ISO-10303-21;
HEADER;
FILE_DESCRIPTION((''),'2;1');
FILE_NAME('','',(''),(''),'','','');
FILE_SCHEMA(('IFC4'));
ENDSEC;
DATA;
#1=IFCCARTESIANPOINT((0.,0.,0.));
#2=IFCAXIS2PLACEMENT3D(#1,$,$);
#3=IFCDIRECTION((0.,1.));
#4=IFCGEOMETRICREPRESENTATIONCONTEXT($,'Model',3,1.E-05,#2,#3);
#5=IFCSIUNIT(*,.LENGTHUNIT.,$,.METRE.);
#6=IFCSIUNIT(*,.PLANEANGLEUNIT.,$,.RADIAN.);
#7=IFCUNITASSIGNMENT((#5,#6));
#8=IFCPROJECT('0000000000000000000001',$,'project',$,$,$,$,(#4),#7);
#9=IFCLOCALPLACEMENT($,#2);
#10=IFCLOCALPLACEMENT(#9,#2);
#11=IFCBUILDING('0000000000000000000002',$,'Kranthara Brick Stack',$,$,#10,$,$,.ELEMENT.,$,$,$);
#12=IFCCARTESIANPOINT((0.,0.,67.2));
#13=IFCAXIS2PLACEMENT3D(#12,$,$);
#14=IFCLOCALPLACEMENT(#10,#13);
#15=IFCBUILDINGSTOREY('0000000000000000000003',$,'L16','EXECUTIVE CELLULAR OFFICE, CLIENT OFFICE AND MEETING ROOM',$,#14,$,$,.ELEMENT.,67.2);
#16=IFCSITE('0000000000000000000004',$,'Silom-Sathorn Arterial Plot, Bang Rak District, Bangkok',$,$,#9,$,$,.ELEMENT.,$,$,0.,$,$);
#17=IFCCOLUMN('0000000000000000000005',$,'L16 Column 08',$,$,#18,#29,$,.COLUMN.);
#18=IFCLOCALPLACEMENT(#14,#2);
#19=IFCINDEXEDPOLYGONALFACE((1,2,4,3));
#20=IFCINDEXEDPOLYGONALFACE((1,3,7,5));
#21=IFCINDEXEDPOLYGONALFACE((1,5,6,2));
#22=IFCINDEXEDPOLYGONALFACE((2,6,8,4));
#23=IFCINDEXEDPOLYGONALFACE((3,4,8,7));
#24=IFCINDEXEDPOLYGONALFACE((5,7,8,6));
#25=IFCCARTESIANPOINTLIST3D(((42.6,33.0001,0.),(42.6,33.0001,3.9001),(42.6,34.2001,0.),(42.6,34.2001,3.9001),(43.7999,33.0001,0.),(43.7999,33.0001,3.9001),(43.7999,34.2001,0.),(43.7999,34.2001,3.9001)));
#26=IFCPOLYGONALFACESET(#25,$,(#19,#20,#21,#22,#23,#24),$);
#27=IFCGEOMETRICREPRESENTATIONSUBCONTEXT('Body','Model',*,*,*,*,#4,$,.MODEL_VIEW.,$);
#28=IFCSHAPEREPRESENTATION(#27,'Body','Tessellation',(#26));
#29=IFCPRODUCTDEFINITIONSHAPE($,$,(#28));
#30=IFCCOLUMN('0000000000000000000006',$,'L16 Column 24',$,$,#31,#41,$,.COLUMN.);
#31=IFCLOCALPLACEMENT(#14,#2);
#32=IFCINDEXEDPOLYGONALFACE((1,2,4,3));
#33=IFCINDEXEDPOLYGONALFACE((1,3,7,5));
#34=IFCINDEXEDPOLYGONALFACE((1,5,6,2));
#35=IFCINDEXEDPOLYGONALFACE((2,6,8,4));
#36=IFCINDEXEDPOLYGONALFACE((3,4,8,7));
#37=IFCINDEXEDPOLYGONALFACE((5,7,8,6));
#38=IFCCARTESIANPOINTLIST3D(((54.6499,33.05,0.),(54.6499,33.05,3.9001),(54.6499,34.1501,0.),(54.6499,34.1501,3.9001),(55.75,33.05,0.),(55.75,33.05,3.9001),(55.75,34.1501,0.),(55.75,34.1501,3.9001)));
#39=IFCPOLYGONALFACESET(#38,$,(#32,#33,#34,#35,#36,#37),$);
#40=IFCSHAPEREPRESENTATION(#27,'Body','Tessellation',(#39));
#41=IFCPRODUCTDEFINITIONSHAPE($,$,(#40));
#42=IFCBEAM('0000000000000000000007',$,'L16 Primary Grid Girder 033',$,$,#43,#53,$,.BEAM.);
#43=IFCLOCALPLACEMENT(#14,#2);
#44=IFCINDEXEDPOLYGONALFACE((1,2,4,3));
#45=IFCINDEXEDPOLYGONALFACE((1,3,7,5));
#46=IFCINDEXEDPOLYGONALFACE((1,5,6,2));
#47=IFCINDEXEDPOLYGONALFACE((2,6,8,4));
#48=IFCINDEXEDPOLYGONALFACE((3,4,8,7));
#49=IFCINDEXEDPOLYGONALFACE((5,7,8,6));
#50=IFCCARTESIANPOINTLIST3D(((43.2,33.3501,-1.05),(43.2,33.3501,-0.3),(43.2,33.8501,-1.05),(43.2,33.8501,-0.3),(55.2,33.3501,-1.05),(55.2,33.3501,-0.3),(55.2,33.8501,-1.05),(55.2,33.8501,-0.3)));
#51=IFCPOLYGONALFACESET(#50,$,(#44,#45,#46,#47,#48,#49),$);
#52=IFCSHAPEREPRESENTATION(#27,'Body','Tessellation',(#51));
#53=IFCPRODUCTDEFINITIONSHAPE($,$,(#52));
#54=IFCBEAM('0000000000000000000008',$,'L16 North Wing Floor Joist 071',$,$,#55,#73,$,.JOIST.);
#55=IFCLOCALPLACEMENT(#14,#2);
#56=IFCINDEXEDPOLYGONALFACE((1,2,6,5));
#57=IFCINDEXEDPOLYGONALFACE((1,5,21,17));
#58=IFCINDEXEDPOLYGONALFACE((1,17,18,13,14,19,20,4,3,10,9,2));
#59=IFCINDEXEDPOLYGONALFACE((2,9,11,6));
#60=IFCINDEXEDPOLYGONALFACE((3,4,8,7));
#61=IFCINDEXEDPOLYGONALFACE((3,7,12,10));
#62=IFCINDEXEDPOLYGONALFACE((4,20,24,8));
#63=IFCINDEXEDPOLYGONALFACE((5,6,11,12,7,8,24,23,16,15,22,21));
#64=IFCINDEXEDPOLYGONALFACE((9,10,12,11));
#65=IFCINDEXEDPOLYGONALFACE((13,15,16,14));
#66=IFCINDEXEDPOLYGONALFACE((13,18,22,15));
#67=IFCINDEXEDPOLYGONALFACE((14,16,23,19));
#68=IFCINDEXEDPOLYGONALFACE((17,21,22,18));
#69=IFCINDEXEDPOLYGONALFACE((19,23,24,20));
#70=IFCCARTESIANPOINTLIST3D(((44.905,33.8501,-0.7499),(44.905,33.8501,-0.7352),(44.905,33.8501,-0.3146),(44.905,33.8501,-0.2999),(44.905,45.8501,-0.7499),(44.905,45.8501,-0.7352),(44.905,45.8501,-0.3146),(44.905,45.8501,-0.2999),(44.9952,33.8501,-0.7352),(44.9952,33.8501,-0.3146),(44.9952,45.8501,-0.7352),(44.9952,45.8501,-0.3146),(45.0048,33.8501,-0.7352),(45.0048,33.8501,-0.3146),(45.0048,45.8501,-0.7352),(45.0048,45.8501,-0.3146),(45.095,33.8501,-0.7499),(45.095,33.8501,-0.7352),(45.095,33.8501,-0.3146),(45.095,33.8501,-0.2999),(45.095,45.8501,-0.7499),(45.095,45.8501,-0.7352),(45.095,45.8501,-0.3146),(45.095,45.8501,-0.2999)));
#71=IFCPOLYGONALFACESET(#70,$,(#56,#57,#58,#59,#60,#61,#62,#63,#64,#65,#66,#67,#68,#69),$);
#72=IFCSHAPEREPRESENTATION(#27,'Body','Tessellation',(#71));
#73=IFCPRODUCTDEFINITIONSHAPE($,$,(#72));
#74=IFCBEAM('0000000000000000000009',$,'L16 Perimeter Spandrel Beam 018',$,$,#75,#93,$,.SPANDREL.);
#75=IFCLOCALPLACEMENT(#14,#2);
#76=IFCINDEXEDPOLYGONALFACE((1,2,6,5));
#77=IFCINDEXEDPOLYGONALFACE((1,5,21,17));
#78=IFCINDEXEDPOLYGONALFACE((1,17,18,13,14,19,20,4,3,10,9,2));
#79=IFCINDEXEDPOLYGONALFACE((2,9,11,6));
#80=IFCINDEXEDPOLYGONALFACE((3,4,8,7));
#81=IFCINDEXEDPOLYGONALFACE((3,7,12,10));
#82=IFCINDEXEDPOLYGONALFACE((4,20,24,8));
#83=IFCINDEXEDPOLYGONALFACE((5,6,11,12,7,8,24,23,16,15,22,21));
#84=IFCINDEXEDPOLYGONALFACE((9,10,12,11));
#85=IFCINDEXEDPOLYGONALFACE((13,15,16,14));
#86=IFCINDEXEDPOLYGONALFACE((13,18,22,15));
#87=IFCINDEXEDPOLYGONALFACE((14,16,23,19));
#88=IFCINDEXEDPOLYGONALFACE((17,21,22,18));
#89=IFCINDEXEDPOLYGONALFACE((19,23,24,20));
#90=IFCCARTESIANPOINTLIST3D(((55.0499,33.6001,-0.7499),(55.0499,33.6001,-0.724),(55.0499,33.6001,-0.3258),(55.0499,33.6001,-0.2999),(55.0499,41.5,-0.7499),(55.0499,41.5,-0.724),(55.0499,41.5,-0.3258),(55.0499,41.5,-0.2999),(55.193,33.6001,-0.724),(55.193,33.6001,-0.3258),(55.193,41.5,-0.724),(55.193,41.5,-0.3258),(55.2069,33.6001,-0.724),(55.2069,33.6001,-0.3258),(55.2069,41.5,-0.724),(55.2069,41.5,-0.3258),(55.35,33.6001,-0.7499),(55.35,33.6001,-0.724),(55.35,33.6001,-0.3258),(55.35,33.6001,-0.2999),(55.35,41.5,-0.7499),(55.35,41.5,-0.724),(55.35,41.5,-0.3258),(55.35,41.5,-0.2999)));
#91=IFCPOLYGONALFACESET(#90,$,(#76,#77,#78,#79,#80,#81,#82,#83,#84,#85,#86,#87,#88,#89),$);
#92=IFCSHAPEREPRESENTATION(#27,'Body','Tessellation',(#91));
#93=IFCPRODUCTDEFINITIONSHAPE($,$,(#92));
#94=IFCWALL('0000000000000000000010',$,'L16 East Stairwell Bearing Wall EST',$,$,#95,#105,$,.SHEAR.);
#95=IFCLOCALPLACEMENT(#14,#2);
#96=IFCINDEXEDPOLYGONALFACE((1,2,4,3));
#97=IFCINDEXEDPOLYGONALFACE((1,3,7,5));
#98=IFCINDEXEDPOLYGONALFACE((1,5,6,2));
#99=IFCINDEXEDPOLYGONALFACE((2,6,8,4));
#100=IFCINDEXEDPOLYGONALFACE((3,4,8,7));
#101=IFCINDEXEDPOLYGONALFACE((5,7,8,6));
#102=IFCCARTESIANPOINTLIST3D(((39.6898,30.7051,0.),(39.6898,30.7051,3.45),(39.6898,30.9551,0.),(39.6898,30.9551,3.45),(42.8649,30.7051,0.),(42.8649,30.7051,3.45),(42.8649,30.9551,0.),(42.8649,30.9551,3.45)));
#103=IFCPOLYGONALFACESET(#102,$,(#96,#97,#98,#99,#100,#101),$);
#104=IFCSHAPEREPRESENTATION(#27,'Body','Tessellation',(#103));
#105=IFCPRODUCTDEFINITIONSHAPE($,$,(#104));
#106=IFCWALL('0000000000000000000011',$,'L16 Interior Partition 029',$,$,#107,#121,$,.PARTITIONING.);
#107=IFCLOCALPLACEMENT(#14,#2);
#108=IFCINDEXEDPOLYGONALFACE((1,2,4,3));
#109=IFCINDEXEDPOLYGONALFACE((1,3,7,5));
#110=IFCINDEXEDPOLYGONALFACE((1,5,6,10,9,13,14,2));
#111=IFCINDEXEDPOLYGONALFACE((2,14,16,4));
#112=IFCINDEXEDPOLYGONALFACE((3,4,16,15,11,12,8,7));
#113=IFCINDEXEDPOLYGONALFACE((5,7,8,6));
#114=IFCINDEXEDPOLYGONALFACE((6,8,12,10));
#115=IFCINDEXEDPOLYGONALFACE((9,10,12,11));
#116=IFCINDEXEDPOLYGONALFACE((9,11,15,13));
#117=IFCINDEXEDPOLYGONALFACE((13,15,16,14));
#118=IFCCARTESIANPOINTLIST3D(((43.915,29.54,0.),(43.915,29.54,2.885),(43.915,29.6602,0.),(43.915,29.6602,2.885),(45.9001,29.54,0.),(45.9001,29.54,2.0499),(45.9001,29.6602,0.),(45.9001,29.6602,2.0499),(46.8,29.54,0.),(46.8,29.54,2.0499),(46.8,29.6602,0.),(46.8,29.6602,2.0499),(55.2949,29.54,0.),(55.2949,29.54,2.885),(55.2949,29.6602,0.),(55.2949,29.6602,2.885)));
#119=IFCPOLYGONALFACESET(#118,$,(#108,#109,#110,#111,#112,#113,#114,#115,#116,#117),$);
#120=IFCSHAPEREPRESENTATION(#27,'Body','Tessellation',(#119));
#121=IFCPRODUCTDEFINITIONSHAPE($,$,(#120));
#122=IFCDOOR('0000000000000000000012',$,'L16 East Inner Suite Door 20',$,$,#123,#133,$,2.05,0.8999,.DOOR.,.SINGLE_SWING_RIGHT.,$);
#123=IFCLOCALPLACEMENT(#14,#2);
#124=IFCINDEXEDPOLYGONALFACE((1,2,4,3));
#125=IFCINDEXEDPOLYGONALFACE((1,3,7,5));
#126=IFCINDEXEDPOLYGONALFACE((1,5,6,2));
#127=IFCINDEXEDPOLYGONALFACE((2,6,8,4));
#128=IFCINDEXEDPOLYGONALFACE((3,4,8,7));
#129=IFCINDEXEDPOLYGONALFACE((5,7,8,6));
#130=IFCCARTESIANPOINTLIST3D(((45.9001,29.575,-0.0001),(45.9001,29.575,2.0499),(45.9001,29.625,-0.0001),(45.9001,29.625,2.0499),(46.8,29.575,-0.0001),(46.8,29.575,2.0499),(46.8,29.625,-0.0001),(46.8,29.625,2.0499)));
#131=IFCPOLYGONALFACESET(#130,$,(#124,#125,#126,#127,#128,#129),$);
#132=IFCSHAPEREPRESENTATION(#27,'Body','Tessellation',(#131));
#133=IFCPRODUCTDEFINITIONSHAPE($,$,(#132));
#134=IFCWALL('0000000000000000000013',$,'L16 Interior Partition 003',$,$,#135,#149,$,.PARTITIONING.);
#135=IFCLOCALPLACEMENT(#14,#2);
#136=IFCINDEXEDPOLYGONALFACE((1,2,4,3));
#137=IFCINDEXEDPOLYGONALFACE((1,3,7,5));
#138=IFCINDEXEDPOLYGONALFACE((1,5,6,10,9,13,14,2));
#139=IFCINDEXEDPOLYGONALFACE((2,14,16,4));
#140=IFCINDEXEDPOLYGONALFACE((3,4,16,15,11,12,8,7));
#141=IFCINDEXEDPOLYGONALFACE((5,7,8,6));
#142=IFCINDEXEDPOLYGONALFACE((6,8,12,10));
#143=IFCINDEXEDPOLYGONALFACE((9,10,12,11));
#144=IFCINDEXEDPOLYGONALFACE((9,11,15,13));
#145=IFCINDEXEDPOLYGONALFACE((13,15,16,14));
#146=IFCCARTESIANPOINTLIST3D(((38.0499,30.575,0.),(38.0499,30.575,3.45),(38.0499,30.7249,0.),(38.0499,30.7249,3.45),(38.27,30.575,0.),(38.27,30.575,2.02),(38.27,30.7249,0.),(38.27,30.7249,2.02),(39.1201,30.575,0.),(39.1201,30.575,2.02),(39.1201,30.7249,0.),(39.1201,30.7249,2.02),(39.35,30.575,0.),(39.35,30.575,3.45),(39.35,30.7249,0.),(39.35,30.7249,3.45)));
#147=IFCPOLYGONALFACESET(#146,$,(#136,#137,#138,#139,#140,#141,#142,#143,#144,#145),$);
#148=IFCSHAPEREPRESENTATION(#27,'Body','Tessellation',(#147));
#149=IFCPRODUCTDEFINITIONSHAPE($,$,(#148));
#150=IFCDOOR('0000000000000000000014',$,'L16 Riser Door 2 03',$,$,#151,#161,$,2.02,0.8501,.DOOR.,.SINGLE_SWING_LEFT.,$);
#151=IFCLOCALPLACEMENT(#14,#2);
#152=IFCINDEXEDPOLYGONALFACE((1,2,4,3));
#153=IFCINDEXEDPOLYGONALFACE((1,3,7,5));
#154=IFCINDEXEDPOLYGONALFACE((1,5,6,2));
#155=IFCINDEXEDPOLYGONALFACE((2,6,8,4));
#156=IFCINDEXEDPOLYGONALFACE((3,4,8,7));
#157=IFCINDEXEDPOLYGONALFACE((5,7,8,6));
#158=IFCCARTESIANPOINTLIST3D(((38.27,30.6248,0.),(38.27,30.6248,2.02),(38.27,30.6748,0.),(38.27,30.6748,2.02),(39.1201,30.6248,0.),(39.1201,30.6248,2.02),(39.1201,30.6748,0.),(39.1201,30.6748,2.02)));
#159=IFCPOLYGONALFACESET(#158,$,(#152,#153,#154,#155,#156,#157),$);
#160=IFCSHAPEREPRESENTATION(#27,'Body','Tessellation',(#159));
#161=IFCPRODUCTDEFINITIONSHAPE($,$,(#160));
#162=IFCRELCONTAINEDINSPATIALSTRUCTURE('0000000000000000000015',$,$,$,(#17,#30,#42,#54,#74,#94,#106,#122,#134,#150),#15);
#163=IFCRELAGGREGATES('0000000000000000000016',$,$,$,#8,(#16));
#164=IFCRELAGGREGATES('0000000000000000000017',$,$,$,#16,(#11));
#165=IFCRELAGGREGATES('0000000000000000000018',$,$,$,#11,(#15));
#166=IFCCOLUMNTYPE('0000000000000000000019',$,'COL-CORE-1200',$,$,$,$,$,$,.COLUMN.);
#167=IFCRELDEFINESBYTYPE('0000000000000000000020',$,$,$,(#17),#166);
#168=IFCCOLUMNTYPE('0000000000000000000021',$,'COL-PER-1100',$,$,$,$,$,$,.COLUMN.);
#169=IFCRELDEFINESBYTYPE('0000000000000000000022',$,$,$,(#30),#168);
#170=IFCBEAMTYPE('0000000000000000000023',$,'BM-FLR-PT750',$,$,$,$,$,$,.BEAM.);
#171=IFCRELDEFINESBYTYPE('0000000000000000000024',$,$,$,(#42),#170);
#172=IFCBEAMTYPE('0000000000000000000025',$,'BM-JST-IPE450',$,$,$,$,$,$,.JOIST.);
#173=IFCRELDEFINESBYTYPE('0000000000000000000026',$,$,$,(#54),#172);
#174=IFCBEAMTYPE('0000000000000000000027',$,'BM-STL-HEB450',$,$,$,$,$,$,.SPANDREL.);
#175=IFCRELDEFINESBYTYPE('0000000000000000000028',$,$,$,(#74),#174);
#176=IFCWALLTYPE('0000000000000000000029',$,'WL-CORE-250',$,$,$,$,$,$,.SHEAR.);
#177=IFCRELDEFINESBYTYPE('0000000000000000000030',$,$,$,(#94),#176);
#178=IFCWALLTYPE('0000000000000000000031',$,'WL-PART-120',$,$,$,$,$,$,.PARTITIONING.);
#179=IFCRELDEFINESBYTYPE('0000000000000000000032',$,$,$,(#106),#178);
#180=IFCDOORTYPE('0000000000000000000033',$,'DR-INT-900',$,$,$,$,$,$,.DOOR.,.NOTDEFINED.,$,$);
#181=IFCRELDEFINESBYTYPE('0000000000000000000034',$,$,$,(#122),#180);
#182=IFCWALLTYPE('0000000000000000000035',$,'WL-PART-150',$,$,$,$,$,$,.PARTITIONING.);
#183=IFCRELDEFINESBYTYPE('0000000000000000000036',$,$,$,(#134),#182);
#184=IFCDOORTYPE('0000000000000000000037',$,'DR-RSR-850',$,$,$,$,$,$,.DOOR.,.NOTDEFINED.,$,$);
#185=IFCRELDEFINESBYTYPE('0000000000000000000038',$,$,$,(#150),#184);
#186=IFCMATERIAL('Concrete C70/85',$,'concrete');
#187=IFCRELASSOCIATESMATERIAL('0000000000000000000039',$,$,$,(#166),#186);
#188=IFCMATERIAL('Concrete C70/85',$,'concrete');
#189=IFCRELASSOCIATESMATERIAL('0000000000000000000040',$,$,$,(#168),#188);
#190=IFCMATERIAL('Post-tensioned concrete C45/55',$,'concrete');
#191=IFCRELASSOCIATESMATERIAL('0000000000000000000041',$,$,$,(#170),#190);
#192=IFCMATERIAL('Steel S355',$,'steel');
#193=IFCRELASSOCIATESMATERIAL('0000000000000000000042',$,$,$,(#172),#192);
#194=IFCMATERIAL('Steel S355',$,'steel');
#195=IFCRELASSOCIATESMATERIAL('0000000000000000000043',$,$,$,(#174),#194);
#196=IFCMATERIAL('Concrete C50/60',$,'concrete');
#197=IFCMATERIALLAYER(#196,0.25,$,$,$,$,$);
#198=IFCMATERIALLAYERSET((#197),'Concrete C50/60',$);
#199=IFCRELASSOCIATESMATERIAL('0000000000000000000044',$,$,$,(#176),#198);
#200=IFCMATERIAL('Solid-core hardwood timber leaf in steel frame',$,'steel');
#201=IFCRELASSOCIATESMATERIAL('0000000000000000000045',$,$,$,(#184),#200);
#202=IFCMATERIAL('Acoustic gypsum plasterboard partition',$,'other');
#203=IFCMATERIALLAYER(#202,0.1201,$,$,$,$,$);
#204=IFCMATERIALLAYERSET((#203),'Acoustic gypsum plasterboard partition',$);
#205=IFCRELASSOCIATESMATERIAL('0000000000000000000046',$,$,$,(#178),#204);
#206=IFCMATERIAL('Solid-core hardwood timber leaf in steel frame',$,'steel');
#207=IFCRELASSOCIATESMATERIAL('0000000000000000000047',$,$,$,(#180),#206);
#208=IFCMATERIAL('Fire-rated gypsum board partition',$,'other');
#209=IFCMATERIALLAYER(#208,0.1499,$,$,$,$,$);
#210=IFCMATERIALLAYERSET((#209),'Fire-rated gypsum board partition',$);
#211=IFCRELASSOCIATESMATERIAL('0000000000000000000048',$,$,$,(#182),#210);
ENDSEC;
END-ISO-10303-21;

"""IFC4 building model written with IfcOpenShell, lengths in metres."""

from ifc_helpers import new_model, si_unit, direction, frame, frame_2d, origin, origin_2d, place, context, subcontext, project, spatial, rectangle, i_section, extrude, material, layer, layer_set, material_profile, profile_set, type_object, element, fill, save


model = new_model("IFC4")

# Units and contexts
model_context = context("Model", 3, precision=1e-05, world=origin(), true_north=direction((0.0, 1.0)))
body_context = subcontext(model_context, "Body", "Model", "MODEL_VIEW")
ifc_project = project(units=[si_unit("LENGTHUNIT", "METRE"), si_unit("PLANEANGLEUNIT", "RADIAN")], contexts=[model_context])

# Site, building, storey
site_placement = place(None, origin())
site = spatial("IfcSite", under=ifc_project, at=site_placement, Name="Silom-Sathorn Arterial Plot, Bang Rak District, Bangkok", CompositionType="ELEMENT", RefElevation=0.0)
building_placement = place(site_placement, origin())
building = spatial("IfcBuilding", under=site, at=building_placement, Name="Kranthara Brick Stack", CompositionType="ELEMENT")
storey_placement = place(building_placement, frame((0.0, 0.0, 67.2)))
storey = spatial("IfcBuildingStorey", under=building, at=storey_placement, Name="L16", Description="EXECUTIVE CELLULAR OFFICE, CLIENT OFFICE AND MEETING ROOM", CompositionType="ELEMENT", Elevation=67.2)

# Columns
ifc_material_1 = material(Name="Concrete C70/85", Category="concrete")
ifc_material_profile_1 = material_profile(ifc_material_1, rectangle(XDim=1.2, YDim=1.2, at=origin_2d()), Name="RC 1200x1200")
ifc_profile_set_1 = profile_set([ifc_material_profile_1], Name="Concrete C70/85")
column_type_1 = type_object("IfcColumnType", Name="COL-CORE-1200", PredefinedType="COLUMN", material=ifc_profile_set_1)
column_1_placement = place(storey_placement, frame((43.2, 33.6001, 0.0), z_axis=(0.0, 0.0, 1.0), x_axis=(1.0, 0.0, 0.0)))
element("IfcColumn", 1, at=column_1_placement, inside=storey, type_object=column_type_1, Name="L16 Column 08", PredefinedType="COLUMN", context=body_context, shape_type="SweptSolid", body=[
    extrude(rectangle(XDim=1.2, YDim=1.2, at=origin_2d()), origin(), (0.0, 0.0, 1.0), 3.9001),
])
ifc_material_2 = material(Name="Concrete C70/85", Category="concrete")
ifc_material_profile_2 = material_profile(ifc_material_2, rectangle(XDim=1.1001, YDim=1.1001, at=origin_2d()), Name="RC 1100x1100")
ifc_profile_set_2 = profile_set([ifc_material_profile_2], Name="Concrete C70/85")
column_type_2 = type_object("IfcColumnType", Name="COL-PER-1100", PredefinedType="COLUMN", material=ifc_profile_set_2)
column_2_placement = place(storey_placement, frame((55.2, 33.6001, 0.0), z_axis=(0.0, 0.0, 1.0), x_axis=(1.0, 0.0, 0.0)))
element("IfcColumn", 2, at=column_2_placement, inside=storey, type_object=column_type_2, Name="L16 Column 24", PredefinedType="COLUMN", context=body_context, shape_type="SweptSolid", body=[
    extrude(rectangle(XDim=1.1001, YDim=1.1001, at=origin_2d()), origin(), (0.0, 0.0, 1.0), 3.9001),
])

# Beams
ifc_material_3 = material(Name="Post-tensioned concrete C45/55", Category="concrete")
ifc_material_profile_3 = material_profile(ifc_material_3, rectangle(XDim=0.5, YDim=0.75, at=origin_2d()), Name="PT 500x750")
ifc_profile_set_3 = profile_set([ifc_material_profile_3], Name="Post-tensioned concrete C45/55")
beam_type_1 = type_object("IfcBeamType", Name="BM-FLR-PT750", PredefinedType="BEAM", material=ifc_profile_set_3)
beam_1_placement = place(storey_placement, frame((43.2, 33.6001, -0.675), z_axis=(1.0, 0.0, 0.0), x_axis=(0.0, 1.0, 0.0)))
element("IfcBeam", 3, at=beam_1_placement, inside=storey, type_object=beam_type_1, Name="L16 Primary Grid Girder 033", PredefinedType="BEAM", context=body_context, shape_type="SweptSolid", body=[
    extrude(rectangle(XDim=0.5, YDim=0.75, at=origin_2d()), origin(), (0.0, 0.0, 1.0), 12.0),
])
ifc_material_4 = material(Name="Steel S355", Category="steel")
ifc_material_profile_4 = material_profile(ifc_material_4, i_section(OverallWidth=0.1899, OverallDepth=0.45, WebThickness=0.0095, FlangeThickness=0.0146, at=origin_2d()), Name="IPE 450")
ifc_profile_set_4 = profile_set([ifc_material_profile_4], Name="Steel S355")
beam_type_2 = type_object("IfcBeamType", Name="BM-JST-IPE450", PredefinedType="JOIST", material=ifc_profile_set_4)
beam_2_placement = place(storey_placement, frame((45.0, 33.8501, -0.5249), z_axis=(0.0, 1.0, 0.0), x_axis=(-1.0, 0.0, 0.0)))
element("IfcBeam", 4, at=beam_2_placement, inside=storey, type_object=beam_type_2, Name="L16 North Wing Floor Joist 071", PredefinedType="JOIST", context=body_context, shape_type="SweptSolid", body=[
    extrude(i_section(OverallWidth=0.1899, OverallDepth=0.45, WebThickness=0.0095, FlangeThickness=0.0146, at=origin_2d()), origin(), (0.0, 0.0, 1.0), 12.0),
])
ifc_material_5 = material(Name="Steel S355", Category="steel")
ifc_material_profile_5 = material_profile(ifc_material_5, i_section(OverallWidth=0.3, OverallDepth=0.45, WebThickness=0.0139, FlangeThickness=0.0259, at=origin_2d()), Name="HEB 450")
ifc_profile_set_5 = profile_set([ifc_material_profile_5], Name="Steel S355")
beam_type_3 = type_object("IfcBeamType", Name="BM-STL-HEB450", PredefinedType="SPANDREL", material=ifc_profile_set_5)
beam_3_placement = place(storey_placement, frame((55.2, 33.6001, -0.5249), z_axis=(0.0, 1.0, 0.0), x_axis=(-1.0, 0.0, 0.0)))
element("IfcBeam", 5, at=beam_3_placement, inside=storey, type_object=beam_type_3, Name="L16 Perimeter Spandrel Beam 018", PredefinedType="SPANDREL", context=body_context, shape_type="SweptSolid", body=[
    extrude(i_section(OverallWidth=0.3, OverallDepth=0.45, WebThickness=0.0139, FlangeThickness=0.0259, at=origin_2d()), origin(), (0.0, 0.0, 1.0), 7.8999),
])

# Wall
ifc_material_6 = material(Name="Concrete C50/60", Category="concrete")
ifc_layer_1 = layer(ifc_material_6, 0.25)
ifc_layer_set_1 = layer_set([ifc_layer_1], Name="Concrete C50/60")
wall_type_1 = type_object("IfcWallType", Name="WL-CORE-250", PredefinedType="SHEAR", material=ifc_layer_set_1)
wall_1_placement = place(storey_placement, frame((39.6899, 30.8301, 0.0), z_axis=(0.0, 0.0, 1.0), x_axis=(1.0, 0.0, 0.0)))
element("IfcWall", 6, at=wall_1_placement, inside=storey, type_object=wall_type_1, Name="L16 East Stairwell Bearing Wall EST", PredefinedType="SHEAR", context=body_context, shape_type="SweptSolid", body=[
    extrude(rectangle(XDim=3.175, YDim=0.25, at=frame_2d((1.5874, 0.0))), origin(), (0.0, 0.0, 1.0), 3.45),
])

# Shared definitions
ifc_material_7 = material(Name="Solid-core hardwood timber leaf in steel frame", Category="steel")
door_type_1 = type_object("IfcDoorType", Name="DR-RSR-850", OperationType="NOTDEFINED", PredefinedType="DOOR", material=ifc_material_7)

# Walls, openings, doors
ifc_material_8 = material(Name="Acoustic gypsum plasterboard partition", Category="other")
ifc_layer_2 = layer(ifc_material_8, 0.1201)
ifc_layer_set_2 = layer_set([ifc_layer_2], Name="Acoustic gypsum plasterboard partition")
wall_type_2 = type_object("IfcWallType", Name="WL-PART-120", PredefinedType="PARTITIONING", material=ifc_layer_set_2)
wall_2_placement = place(storey_placement, frame((43.915, 29.6001, 0.0), z_axis=(0.0, 0.0, 1.0), x_axis=(1.0, 0.0, 0.0)))
wall_2 = element("IfcWall", 7, at=wall_2_placement, inside=storey, type_object=wall_type_2, Name="L16 Interior Partition 029", PredefinedType="PARTITIONING", context=body_context, shape_type="SweptSolid", body=[
    extrude(rectangle(XDim=11.3799, YDim=0.1201, at=frame_2d((5.6899, 0.0))), origin(), (0.0, 0.0, 1.0), 2.885),
])
opening_1_placement = place(wall_2_placement, frame((1.9851, 0.0, 0.0)))
opening_1 = element("IfcOpeningElement", 8, at=opening_1_placement, cuts=wall_2, PredefinedType="OPENING", context=body_context, shape_type="SweptSolid", body=[
    extrude(rectangle(XDim=0.8999, YDim=2.05, at=frame_2d((0.45, 1.0249))), frame((0.0, 0.0701, 0.0), z_axis=(0.0, -1.0, 0.0), x_axis=(1.0, 0.0, 0.0)), (0.0, 0.0, 1.0), 0.1401),
])
ifc_material_9 = material(Name="Solid-core hardwood timber leaf in steel frame", Category="steel")
door_type_2 = type_object("IfcDoorType", Name="DR-INT-900", OperationType="NOTDEFINED", PredefinedType="DOOR", material=ifc_material_9)
door_1_placement = place(opening_1_placement, origin())
door_1 = element("IfcDoor", 9, at=door_1_placement, inside=storey, type_object=door_type_2, Name="L16 East Inner Suite Door 20", OperationType="SINGLE_SWING_RIGHT", OverallHeight=2.05, OverallWidth=0.8999, PredefinedType="DOOR", context=body_context, shape_type="SweptSolid", body=[
    extrude(rectangle(XDim=0.8999, YDim=2.05, at=frame_2d((0.45, 1.0249))), frame((0.0, 0.0249, 0.0), z_axis=(0.0, -1.0, 0.0), x_axis=(1.0, 0.0, 0.0)), (0.0, 0.0, 1.0), 0.05),
])
fill(opening_1, door_1)
ifc_material_10 = material(Name="Fire-rated gypsum board partition", Category="other")
ifc_layer_3 = layer(ifc_material_10, 0.1499)
ifc_layer_set_3 = layer_set([ifc_layer_3], Name="Fire-rated gypsum board partition")
wall_type_3 = type_object("IfcWallType", Name="WL-PART-150", PredefinedType="PARTITIONING", material=ifc_layer_set_3)
wall_3_placement = place(storey_placement, frame((38.05, 30.6499, 0.0), z_axis=(0.0, 0.0, 1.0), x_axis=(1.0, 0.0, 0.0)))
wall_3 = element("IfcWall", 10, at=wall_3_placement, inside=storey, type_object=wall_type_3, Name="L16 Interior Partition 003", PredefinedType="PARTITIONING", context=body_context, shape_type="SweptSolid", body=[
    extrude(rectangle(XDim=1.3, YDim=0.1499, at=frame_2d((0.6499, 0.0))), origin(), (0.0, 0.0, 1.0), 3.45),
])
opening_2_placement = place(wall_3_placement, frame((0.22, 0.0, 0.0)))
opening_2 = element("IfcOpeningElement", 11, at=opening_2_placement, cuts=wall_3, PredefinedType="OPENING", context=body_context, shape_type="SweptSolid", body=[
    extrude(rectangle(XDim=0.8501, YDim=2.02, at=frame_2d((0.425, 1.01))), frame((0.0, 0.085, 0.0), z_axis=(0.0, -1.0, 0.0), x_axis=(1.0, 0.0, 0.0)), (0.0, 0.0, 1.0), 0.1699),
])
door_2_placement = place(opening_2_placement, origin())
door_2 = element("IfcDoor", 12, at=door_2_placement, inside=storey, type_object=door_type_1, Name="L16 Riser Door 2 03", OperationType="SINGLE_SWING_LEFT", OverallHeight=2.02, OverallWidth=0.8501, PredefinedType="DOOR", context=body_context, shape_type="SweptSolid", body=[
    extrude(rectangle(XDim=0.8501, YDim=2.02, at=frame_2d((0.425, 1.01))), frame((0.0, 0.0249, 0.0), z_axis=(0.0, -1.0, 0.0), x_axis=(1.0, 0.0, 0.0)), (0.0, 0.0, 1.0), 0.05),
])
fill(opening_2, door_2)

save(model, "model.ifc")
